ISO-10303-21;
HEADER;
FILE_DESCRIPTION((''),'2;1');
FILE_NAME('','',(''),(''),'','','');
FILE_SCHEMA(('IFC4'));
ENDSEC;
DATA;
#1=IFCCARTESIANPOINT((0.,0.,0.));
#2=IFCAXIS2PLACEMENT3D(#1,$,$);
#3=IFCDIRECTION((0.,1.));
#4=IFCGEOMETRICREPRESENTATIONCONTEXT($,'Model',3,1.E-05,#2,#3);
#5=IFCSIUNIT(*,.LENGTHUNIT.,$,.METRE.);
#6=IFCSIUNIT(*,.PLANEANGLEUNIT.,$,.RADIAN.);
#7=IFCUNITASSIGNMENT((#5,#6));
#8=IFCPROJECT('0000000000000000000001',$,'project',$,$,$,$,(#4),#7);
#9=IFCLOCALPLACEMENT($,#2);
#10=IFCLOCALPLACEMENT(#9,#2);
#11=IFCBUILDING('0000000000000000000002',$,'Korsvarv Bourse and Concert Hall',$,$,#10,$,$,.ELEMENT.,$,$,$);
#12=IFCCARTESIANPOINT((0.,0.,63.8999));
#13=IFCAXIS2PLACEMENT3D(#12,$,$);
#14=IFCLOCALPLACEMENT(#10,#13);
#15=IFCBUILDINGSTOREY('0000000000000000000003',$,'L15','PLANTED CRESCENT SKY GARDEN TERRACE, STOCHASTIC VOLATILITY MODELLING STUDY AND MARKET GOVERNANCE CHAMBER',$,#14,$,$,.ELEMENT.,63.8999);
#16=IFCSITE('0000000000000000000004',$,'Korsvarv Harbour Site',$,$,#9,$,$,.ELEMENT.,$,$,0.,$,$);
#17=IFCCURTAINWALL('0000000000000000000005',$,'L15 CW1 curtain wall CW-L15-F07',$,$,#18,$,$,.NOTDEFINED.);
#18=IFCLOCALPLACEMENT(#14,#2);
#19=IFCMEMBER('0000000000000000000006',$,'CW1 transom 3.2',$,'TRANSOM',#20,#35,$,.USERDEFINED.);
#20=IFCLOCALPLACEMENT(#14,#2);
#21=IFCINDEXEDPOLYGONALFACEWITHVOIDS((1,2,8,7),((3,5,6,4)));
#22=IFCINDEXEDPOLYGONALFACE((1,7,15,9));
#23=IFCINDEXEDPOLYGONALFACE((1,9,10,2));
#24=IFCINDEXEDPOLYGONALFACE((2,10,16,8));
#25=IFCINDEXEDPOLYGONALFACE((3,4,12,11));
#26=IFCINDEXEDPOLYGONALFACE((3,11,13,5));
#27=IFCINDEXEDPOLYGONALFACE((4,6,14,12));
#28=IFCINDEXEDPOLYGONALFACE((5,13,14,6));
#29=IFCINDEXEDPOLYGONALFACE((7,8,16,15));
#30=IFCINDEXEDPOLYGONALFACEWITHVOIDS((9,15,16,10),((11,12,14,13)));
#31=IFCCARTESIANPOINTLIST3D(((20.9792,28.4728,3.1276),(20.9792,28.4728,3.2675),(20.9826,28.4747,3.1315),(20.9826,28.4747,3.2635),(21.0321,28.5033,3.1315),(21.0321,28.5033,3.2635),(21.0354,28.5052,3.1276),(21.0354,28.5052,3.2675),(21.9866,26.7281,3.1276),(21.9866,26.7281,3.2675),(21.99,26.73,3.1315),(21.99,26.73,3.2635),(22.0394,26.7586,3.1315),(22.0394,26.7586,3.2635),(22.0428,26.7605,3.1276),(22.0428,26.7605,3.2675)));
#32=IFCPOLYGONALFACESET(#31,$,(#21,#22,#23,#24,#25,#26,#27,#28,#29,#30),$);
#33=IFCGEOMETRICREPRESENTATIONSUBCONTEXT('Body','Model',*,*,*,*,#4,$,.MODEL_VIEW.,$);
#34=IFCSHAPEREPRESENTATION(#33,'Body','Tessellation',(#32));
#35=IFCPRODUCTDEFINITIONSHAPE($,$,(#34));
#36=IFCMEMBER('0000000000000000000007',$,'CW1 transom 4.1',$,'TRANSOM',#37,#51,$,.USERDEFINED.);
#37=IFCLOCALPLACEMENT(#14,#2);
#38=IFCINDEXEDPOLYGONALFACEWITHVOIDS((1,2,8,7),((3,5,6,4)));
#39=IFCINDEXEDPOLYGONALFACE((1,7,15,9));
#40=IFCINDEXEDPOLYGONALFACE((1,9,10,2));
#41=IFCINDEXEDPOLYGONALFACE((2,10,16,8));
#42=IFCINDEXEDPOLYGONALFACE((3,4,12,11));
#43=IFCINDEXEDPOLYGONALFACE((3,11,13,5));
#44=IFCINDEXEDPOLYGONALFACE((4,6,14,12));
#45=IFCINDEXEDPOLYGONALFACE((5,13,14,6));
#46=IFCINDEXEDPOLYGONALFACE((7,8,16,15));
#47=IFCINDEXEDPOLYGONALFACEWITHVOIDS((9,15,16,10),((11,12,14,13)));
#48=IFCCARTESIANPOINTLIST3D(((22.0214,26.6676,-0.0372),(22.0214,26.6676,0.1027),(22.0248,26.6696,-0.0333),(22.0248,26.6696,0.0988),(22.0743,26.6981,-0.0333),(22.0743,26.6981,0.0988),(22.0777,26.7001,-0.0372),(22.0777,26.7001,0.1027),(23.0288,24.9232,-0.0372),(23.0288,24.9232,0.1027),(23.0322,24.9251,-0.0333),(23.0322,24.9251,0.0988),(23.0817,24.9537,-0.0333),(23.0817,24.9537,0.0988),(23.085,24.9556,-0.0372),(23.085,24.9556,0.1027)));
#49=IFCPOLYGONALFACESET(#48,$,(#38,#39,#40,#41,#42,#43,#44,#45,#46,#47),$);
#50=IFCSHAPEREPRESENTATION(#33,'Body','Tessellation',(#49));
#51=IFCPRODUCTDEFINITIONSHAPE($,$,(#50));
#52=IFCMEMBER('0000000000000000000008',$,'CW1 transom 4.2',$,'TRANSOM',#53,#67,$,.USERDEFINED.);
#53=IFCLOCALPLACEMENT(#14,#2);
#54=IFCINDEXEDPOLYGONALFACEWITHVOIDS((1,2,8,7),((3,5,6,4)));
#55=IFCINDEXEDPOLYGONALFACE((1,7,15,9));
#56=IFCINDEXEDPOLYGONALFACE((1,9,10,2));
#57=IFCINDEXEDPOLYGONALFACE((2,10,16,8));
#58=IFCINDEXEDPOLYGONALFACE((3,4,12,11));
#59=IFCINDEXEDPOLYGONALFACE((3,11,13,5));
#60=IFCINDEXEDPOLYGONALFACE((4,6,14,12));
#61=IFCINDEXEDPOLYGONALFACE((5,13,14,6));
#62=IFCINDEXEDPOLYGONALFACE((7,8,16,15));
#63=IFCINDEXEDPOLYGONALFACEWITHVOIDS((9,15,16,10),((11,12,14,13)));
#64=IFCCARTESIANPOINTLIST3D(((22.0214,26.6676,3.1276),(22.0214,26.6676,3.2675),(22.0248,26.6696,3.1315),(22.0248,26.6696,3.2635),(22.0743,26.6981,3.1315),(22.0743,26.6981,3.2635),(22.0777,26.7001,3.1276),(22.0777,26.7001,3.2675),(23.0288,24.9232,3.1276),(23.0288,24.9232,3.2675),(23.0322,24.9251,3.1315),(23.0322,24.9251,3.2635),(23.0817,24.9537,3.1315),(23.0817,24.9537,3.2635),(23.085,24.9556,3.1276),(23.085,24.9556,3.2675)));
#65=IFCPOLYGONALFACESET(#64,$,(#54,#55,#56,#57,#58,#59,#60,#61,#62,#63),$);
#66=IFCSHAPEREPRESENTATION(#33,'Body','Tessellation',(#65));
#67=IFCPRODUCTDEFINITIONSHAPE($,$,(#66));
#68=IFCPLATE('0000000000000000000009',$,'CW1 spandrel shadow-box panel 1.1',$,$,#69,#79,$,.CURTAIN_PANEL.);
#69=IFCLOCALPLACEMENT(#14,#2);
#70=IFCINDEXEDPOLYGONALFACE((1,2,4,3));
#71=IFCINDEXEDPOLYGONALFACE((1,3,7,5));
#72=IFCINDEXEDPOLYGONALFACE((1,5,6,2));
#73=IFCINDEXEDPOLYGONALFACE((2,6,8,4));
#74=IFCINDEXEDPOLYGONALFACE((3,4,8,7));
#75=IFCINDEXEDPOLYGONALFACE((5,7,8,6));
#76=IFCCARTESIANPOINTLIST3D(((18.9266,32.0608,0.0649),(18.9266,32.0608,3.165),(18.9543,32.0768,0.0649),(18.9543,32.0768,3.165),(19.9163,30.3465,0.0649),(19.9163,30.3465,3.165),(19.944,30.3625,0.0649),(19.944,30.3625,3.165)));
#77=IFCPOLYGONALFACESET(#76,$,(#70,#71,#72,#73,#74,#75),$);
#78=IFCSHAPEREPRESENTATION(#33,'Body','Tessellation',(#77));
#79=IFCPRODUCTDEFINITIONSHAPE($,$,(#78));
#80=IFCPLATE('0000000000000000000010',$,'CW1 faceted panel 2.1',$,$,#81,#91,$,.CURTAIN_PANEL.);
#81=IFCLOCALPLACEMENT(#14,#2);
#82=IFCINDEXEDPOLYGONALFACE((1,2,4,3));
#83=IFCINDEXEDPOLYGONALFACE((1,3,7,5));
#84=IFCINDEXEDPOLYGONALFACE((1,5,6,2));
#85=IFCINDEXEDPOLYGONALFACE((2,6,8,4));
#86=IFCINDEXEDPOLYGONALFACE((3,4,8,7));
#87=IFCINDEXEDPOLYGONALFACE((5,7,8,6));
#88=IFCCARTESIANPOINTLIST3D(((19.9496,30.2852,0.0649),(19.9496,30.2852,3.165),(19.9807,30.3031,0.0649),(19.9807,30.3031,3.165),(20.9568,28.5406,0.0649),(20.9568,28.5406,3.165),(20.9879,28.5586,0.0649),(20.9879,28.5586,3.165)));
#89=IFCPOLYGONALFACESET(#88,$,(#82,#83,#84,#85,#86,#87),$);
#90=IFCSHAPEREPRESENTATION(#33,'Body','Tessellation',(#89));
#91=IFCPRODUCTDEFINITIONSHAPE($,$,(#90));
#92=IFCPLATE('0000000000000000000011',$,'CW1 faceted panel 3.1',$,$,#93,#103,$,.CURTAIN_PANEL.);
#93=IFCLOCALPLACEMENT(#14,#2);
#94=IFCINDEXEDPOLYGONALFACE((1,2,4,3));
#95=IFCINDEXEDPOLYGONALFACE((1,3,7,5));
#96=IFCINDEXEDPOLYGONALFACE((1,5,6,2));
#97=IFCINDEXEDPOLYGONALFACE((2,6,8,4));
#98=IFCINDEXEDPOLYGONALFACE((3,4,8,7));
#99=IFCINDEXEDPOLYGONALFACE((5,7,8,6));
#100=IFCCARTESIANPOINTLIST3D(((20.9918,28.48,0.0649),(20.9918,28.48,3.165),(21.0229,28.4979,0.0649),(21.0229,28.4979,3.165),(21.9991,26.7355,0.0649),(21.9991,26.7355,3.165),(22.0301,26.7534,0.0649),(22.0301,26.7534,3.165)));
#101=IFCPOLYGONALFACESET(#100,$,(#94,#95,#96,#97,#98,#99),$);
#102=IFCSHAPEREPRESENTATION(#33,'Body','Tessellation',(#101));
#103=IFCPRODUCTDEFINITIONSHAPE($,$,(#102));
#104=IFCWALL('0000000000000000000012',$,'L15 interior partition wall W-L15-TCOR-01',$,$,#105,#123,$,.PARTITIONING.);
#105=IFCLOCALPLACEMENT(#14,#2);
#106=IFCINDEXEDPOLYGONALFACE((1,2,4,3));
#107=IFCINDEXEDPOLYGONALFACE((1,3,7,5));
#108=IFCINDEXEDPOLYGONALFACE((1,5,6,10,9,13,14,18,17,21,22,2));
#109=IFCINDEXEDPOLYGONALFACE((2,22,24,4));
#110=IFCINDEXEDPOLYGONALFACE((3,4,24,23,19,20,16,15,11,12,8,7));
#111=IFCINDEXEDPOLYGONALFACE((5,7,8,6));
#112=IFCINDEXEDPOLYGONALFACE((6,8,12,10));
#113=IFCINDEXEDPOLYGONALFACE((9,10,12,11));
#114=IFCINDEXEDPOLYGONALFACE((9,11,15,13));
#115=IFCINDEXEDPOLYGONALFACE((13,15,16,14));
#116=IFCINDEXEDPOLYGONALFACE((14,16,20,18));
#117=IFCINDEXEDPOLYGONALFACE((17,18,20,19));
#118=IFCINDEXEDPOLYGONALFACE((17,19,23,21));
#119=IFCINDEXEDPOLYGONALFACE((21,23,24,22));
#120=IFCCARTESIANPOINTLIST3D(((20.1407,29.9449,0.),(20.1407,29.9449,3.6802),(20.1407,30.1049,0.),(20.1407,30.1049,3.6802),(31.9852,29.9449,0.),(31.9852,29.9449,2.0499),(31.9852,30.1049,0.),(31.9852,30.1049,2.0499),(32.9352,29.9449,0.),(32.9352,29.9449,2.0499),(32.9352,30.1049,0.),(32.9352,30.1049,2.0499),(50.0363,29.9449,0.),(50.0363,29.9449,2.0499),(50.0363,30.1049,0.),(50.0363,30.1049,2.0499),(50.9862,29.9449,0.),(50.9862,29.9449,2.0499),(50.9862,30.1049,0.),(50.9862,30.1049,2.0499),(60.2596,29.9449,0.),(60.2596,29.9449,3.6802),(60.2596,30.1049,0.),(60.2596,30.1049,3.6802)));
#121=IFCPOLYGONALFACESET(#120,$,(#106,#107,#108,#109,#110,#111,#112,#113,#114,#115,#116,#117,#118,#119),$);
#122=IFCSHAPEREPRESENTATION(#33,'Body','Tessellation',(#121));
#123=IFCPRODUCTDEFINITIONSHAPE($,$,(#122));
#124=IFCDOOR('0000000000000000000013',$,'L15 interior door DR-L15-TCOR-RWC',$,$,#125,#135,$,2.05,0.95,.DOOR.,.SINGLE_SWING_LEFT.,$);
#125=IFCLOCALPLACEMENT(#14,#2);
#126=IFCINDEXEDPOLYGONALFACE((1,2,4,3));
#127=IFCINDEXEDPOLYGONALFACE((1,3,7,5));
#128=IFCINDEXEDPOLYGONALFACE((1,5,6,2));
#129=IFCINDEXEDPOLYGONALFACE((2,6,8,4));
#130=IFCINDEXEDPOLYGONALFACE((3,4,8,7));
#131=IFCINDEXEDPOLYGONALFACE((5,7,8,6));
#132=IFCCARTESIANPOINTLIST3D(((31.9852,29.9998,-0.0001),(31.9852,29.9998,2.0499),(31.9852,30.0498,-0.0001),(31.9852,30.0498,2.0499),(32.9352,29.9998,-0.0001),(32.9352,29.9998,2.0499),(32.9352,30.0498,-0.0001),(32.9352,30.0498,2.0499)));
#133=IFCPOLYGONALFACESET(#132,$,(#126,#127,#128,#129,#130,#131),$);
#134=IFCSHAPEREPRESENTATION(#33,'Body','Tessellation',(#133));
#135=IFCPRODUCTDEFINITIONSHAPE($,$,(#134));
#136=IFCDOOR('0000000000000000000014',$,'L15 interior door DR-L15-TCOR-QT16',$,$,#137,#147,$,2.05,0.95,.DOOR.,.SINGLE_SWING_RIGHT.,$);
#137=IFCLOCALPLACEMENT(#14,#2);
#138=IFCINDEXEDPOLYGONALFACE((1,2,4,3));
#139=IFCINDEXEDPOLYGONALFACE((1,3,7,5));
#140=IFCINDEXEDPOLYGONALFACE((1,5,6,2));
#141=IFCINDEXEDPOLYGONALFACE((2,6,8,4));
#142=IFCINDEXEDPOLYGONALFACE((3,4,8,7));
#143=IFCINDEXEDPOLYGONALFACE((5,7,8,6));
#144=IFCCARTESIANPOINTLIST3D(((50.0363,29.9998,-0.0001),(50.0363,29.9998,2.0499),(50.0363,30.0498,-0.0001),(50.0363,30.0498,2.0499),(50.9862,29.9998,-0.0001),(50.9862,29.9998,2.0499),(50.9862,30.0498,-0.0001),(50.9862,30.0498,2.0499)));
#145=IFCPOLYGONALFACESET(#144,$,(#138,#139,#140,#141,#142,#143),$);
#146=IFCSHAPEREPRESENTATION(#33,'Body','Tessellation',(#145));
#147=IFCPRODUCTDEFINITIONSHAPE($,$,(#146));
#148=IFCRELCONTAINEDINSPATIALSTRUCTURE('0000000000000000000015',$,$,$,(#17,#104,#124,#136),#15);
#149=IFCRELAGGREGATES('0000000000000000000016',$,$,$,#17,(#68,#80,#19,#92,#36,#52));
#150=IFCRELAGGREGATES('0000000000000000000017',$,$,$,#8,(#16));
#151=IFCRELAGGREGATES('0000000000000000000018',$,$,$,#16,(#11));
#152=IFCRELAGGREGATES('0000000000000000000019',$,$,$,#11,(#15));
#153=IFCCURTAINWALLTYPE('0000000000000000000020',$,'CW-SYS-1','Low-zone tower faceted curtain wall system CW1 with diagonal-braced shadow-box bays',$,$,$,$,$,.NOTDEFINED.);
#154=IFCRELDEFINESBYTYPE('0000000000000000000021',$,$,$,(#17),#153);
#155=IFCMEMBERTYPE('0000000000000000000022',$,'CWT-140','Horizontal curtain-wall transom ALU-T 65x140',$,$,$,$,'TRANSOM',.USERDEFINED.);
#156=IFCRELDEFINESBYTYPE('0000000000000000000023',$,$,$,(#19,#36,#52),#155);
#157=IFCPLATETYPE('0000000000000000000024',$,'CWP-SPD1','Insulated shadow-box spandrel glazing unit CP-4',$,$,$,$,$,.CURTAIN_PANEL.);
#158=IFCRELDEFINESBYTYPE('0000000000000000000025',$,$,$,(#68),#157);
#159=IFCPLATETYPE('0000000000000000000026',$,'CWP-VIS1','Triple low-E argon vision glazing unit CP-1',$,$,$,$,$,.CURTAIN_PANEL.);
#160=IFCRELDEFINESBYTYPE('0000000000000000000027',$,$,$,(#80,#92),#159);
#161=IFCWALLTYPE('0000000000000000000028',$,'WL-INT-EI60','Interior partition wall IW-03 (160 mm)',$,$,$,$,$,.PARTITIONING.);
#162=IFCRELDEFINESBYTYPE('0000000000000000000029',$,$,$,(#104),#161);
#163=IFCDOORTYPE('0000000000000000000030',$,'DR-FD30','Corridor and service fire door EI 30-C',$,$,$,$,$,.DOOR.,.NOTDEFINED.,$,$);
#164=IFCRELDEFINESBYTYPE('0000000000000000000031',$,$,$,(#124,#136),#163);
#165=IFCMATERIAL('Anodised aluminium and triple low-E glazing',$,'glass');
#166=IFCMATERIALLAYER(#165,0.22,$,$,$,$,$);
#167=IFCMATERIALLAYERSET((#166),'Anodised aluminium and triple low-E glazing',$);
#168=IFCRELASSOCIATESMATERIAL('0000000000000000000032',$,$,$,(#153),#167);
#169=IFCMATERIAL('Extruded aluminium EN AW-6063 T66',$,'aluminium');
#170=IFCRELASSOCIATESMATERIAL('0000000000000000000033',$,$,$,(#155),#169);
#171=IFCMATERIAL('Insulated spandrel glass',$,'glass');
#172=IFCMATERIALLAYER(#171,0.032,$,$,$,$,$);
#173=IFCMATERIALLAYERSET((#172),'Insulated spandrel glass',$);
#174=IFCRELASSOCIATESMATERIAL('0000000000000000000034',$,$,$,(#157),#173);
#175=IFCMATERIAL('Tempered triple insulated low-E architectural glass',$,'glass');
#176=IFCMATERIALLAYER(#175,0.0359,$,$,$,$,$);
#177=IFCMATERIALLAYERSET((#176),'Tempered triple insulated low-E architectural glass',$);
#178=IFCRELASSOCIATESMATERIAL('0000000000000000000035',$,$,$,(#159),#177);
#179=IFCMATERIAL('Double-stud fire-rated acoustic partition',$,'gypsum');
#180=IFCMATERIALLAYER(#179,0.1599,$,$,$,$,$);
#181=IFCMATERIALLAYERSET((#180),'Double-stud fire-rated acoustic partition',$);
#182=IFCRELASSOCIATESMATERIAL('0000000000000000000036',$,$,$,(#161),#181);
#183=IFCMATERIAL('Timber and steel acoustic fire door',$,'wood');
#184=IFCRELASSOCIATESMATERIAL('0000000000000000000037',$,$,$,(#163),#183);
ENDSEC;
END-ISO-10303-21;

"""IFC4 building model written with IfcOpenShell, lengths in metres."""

from ifc_helpers import new_model, si_unit, direction, frame, frame_2d, origin, origin_2d, place, context, subcontext, project, spatial, rectangle, hollow_rectangle, extrude, source, transform, mapped, material, layer, layer_set, material_profile, profile_set, type_object, element, fill, aggregate, save


model = new_model("IFC4")

# Units and contexts
model_context = context("Model", 3, precision=1e-05, world=origin(), true_north=direction((0.0, 1.0)))
body_context = subcontext(model_context, "Body", "Model", "MODEL_VIEW")
ifc_project = project(units=[si_unit("LENGTHUNIT", "METRE"), si_unit("PLANEANGLEUNIT", "RADIAN")], contexts=[model_context])

# Site, building, storey
site_placement = place(None, origin())
site = spatial("IfcSite", under=ifc_project, at=site_placement, Name="Korsvarv Harbour Site", CompositionType="ELEMENT", RefElevation=0.0)
building_placement = place(site_placement, origin())
building = spatial("IfcBuilding", under=site, at=building_placement, Name="Korsvarv Bourse and Concert Hall", CompositionType="ELEMENT")
storey_placement = place(building_placement, frame((0.0, 0.0, 63.8999)))
storey = spatial("IfcBuildingStorey", under=building, at=storey_placement, Name="L15", Description="PLANTED CRESCENT SKY GARDEN TERRACE, STOCHASTIC VOLATILITY MODELLING STUDY AND MARKET GOVERNANCE CHAMBER", CompositionType="ELEMENT", Elevation=63.8999)

# Curtain wall, members, plates
ifc_material_1 = material(Name="Anodised aluminium and triple low-E glazing", Category="glass")
ifc_layer_1 = layer(ifc_material_1, 0.22)
ifc_layer_set_1 = layer_set([ifc_layer_1], Name="Anodised aluminium and triple low-E glazing")
curtain_wall_type = type_object("IfcCurtainWallType", Name="CW-SYS-1", Description="Low-zone tower faceted curtain wall system CW1 with diagonal-braced shadow-box bays", PredefinedType="NOTDEFINED", material=ifc_layer_set_1)
curtain_wall_placement = place(storey_placement, origin())
curtain_wall = element("IfcCurtainWall", 1, at=curtain_wall_placement, inside=storey, type_object=curtain_wall_type, Name="L15 CW1 curtain wall CW-L15-F07", PredefinedType="NOTDEFINED")
ifc_material_2 = material(Name="Extruded aluminium EN AW-6063 T66", Category="aluminium")
ifc_material_profile_1 = material_profile(ifc_material_2, hollow_rectangle(XDim=0.0649, YDim=0.1399, WallThickness=0.0039, at=origin_2d()), Name="ALU-T 65x140")
ifc_profile_set_1 = profile_set([ifc_material_profile_1], Name="Extruded aluminium EN AW-6063 T66")
member_type_1 = type_object("IfcMemberType", Name="CWT-140", Description="Horizontal curtain-wall transom ALU-T 65x140", ElementType="TRANSOM", PredefinedType="USERDEFINED", material=ifc_profile_set_1)
shared_shape_1 = source(origin(), body_context, "Body", "SweptSolid", [
    extrude(hollow_rectangle(XDim=0.0649, YDim=0.1399, WallThickness=0.0039, at=origin_2d()), origin(), (0.0, 0.0, 1.0), 2.0146),
])
member_1_placement = place(storey_placement, frame((21.0073, 28.489, 3.1975), z_axis=(0.500023, -0.866012, 0.0), x_axis=(0.866012, 0.500023, 0.0)))
member_1 = element("IfcMember", 2, at=member_1_placement, type_object=member_type_1, Name="CW1 transom 3.2", ObjectType="TRANSOM", PredefinedType="USERDEFINED", context=body_context, shape_type="MappedRepresentation", body=[
    mapped(shared_shape_1, transform((0.0, 0.0, 0.0), scale=1.0)),
])
shared_shape_2 = source(origin(), body_context, "Body", "SweptSolid", [
    extrude(hollow_rectangle(XDim=0.0649, YDim=0.1399, WallThickness=0.0039, at=origin_2d()), origin(), (0.0, 0.0, 1.0), 2.0144),
])
member_2_placement = place(storey_placement, frame((22.0496, 26.6838, 0.0327), z_axis=(0.500076, -0.865982, 0.0), x_axis=(0.865982, 0.500076, 0.0)))
member_2 = element("IfcMember", 3, at=member_2_placement, type_object=member_type_1, Name="CW1 transom 4.1", ObjectType="TRANSOM", PredefinedType="USERDEFINED", context=body_context, shape_type="MappedRepresentation", body=[
    mapped(shared_shape_2, transform((0.0, 0.0, 0.0), scale=1.0)),
])
member_3_placement = place(storey_placement, frame((22.0496, 26.6838, 3.1975), z_axis=(0.500076, -0.865982, 0.0), x_axis=(0.865982, 0.500076, 0.0)))
member_3 = element("IfcMember", 4, at=member_3_placement, type_object=member_type_1, Name="CW1 transom 4.2", ObjectType="TRANSOM", PredefinedType="USERDEFINED", context=body_context, shape_type="MappedRepresentation", body=[
    mapped(shared_shape_2, transform((0.0, 0.0, 0.0), scale=1.0)),
])
ifc_material_3 = material(Name="Insulated spandrel glass", Category="glass")
ifc_layer_2 = layer(ifc_material_3, 0.032)
ifc_layer_set_2 = layer_set([ifc_layer_2], Name="Insulated spandrel glass")
plate_type_1 = type_object("IfcPlateType", Name="CWP-SPD1", Description="Insulated shadow-box spandrel glazing unit CP-4", PredefinedType="CURTAIN_PANEL", material=ifc_layer_set_2)
shared_shape_3 = source(origin(), body_context, "Body", "SweptSolid", [
    extrude(rectangle(XDim=1.9795, YDim=0.032, at=origin_2d()), origin(), (0.0, 0.0, 1.0), 3.1001),
])
plate_1_placement = place(storey_placement, frame((19.4353, 31.2117, 0.0649), z_axis=(0.0, 0.0, 1.0), x_axis=(0.500006, -0.866022, 0.0)))
plate_1 = element("IfcPlate", 5, at=plate_1_placement, type_object=plate_type_1, Name="CW1 spandrel shadow-box panel 1.1", PredefinedType="CURTAIN_PANEL", context=body_context, shape_type="MappedRepresentation", body=[
    mapped(shared_shape_3, transform((0.0, 0.0, 0.0), scale=1.0)),
])
ifc_material_4 = material(Name="Tempered triple insulated low-E architectural glass", Category="glass")
ifc_layer_3 = layer(ifc_material_4, 0.0359)
ifc_layer_set_3 = layer_set([ifc_layer_3], Name="Tempered triple insulated low-E architectural glass")
plate_type_2 = type_object("IfcPlateType", Name="CWP-VIS1", Description="Triple low-E argon vision glazing unit CP-1", PredefinedType="CURTAIN_PANEL", material=ifc_layer_set_3)
shared_shape_4 = source(origin(), body_context, "Body", "SweptSolid", [
    extrude(rectangle(XDim=2.0144, YDim=0.0359, at=origin_2d()), origin(), (0.0, 0.0, 1.0), 3.1001),
])
plate_2_placement = place(storey_placement, frame((20.4688, 29.4219, 0.0649), z_axis=(0.0, 0.0, 1.0), x_axis=(0.500006, -0.866022, 0.0)))
plate_2 = element("IfcPlate", 6, at=plate_2_placement, type_object=plate_type_2, Name="CW1 faceted panel 2.1", PredefinedType="CURTAIN_PANEL", context=body_context, shape_type="MappedRepresentation", body=[
    mapped(shared_shape_4, transform((0.0, 0.0, 0.0), scale=1.0)),
])
plate_3_placement = place(storey_placement, frame((21.511, 27.6167, 0.0649), z_axis=(0.0, 0.0, 1.0), x_axis=(0.500006, -0.866022, 0.0)))
plate_3 = element("IfcPlate", 7, at=plate_3_placement, type_object=plate_type_2, Name="CW1 faceted panel 3.1", PredefinedType="CURTAIN_PANEL", context=body_context, shape_type="MappedRepresentation", body=[
    mapped(shared_shape_4, transform((0.0, 0.0, 0.0), scale=1.0)),
])
aggregate(curtain_wall, [plate_1, plate_2, member_1, plate_3, member_2, member_3])

# Wall, openings, doors
ifc_material_5 = material(Name="Double-stud fire-rated acoustic partition", Category="gypsum")
ifc_layer_4 = layer(ifc_material_5, 0.1599)
ifc_layer_set_4 = layer_set([ifc_layer_4], Name="Double-stud fire-rated acoustic partition")
wall_type = type_object("IfcWallType", Name="WL-INT-EI60", Description="Interior partition wall IW-03 (160 mm)", PredefinedType="PARTITIONING", material=ifc_layer_set_4)
wall_1_placement = place(storey_placement, frame((20.1406, 30.0249, 0.0), z_axis=(0.0, 0.0, 1.0), x_axis=(1.0, 0.0, 0.0)))
wall_1 = element("IfcWall", 8, at=wall_1_placement, inside=storey, type_object=wall_type, Name="L15 interior partition wall W-L15-TCOR-01", PredefinedType="PARTITIONING", context=body_context, shape_type="SweptSolid", body=[
    extrude(rectangle(XDim=40.1189, YDim=0.1599, at=frame_2d((20.0596, 0.0))), origin(), (0.0, 0.0, 1.0), 3.6802),
])
opening_1_placement = place(wall_1_placement, frame((11.8445, 0.0, 0.0)))
opening_1 = element("IfcOpeningElement", 9, at=opening_1_placement, cuts=wall_1, PredefinedType="OPENING", context=body_context, shape_type="SweptSolid", body=[
    extrude(rectangle(XDim=0.95, YDim=2.05, at=frame_2d((0.4751, 1.0249))), frame((0.0, 0.0898, 0.0), z_axis=(0.0, -1.0, 0.0), x_axis=(1.0, 0.0, 0.0)), (0.0, 0.0, 1.0), 0.1799),
])
opening_2_placement = place(wall_1_placement, frame((29.8955, 0.0, 0.0)))
opening_2 = element("IfcOpeningElement", 10, at=opening_2_placement, cuts=wall_1, PredefinedType="OPENING", context=body_context, shape_type="SweptSolid", body=[
    extrude(rectangle(XDim=0.95, YDim=2.05, at=frame_2d((0.4751, 1.0249))), frame((0.0, 0.0898, 0.0), z_axis=(0.0, -1.0, 0.0), x_axis=(1.0, 0.0, 0.0)), (0.0, 0.0, 1.0), 0.1799),
])
ifc_material_6 = material(Name="Timber and steel acoustic fire door", Category="wood")
door_type = type_object("IfcDoorType", Name="DR-FD30", Description="Corridor and service fire door EI 30-C", OperationType="NOTDEFINED", PredefinedType="DOOR", material=ifc_material_6)
door_1_placement = place(opening_1_placement, origin())
door_1 = element("IfcDoor", 11, at=door_1_placement, inside=storey, type_object=door_type, Name="L15 interior door DR-L15-TCOR-RWC", OperationType="SINGLE_SWING_LEFT", OverallHeight=2.05, OverallWidth=0.95, PredefinedType="DOOR", context=body_context, shape_type="SweptSolid", body=[
    extrude(rectangle(XDim=0.95, YDim=2.05, at=frame_2d((0.4751, 1.0249))), frame((0.0, 0.0249, 0.0), z_axis=(0.0, -1.0, 0.0), x_axis=(1.0, 0.0, 0.0)), (0.0, 0.0, 1.0), 0.05),
])
fill(opening_1, door_1)
door_2_placement = place(opening_2_placement, origin())
door_2 = element("IfcDoor", 12, at=door_2_placement, inside=storey, type_object=door_type, Name="L15 interior door DR-L15-TCOR-QT16", OperationType="SINGLE_SWING_RIGHT", OverallHeight=2.05, OverallWidth=0.95, PredefinedType="DOOR", context=body_context, shape_type="SweptSolid", body=[
    extrude(rectangle(XDim=0.95, YDim=2.05, at=frame_2d((0.4751, 1.0249))), frame((0.0, 0.0249, 0.0), z_axis=(0.0, -1.0, 0.0), x_axis=(1.0, 0.0, 0.0)), (0.0, 0.0, 1.0), 0.05),
])
fill(opening_2, door_2)

save(model, "model.ifc")
